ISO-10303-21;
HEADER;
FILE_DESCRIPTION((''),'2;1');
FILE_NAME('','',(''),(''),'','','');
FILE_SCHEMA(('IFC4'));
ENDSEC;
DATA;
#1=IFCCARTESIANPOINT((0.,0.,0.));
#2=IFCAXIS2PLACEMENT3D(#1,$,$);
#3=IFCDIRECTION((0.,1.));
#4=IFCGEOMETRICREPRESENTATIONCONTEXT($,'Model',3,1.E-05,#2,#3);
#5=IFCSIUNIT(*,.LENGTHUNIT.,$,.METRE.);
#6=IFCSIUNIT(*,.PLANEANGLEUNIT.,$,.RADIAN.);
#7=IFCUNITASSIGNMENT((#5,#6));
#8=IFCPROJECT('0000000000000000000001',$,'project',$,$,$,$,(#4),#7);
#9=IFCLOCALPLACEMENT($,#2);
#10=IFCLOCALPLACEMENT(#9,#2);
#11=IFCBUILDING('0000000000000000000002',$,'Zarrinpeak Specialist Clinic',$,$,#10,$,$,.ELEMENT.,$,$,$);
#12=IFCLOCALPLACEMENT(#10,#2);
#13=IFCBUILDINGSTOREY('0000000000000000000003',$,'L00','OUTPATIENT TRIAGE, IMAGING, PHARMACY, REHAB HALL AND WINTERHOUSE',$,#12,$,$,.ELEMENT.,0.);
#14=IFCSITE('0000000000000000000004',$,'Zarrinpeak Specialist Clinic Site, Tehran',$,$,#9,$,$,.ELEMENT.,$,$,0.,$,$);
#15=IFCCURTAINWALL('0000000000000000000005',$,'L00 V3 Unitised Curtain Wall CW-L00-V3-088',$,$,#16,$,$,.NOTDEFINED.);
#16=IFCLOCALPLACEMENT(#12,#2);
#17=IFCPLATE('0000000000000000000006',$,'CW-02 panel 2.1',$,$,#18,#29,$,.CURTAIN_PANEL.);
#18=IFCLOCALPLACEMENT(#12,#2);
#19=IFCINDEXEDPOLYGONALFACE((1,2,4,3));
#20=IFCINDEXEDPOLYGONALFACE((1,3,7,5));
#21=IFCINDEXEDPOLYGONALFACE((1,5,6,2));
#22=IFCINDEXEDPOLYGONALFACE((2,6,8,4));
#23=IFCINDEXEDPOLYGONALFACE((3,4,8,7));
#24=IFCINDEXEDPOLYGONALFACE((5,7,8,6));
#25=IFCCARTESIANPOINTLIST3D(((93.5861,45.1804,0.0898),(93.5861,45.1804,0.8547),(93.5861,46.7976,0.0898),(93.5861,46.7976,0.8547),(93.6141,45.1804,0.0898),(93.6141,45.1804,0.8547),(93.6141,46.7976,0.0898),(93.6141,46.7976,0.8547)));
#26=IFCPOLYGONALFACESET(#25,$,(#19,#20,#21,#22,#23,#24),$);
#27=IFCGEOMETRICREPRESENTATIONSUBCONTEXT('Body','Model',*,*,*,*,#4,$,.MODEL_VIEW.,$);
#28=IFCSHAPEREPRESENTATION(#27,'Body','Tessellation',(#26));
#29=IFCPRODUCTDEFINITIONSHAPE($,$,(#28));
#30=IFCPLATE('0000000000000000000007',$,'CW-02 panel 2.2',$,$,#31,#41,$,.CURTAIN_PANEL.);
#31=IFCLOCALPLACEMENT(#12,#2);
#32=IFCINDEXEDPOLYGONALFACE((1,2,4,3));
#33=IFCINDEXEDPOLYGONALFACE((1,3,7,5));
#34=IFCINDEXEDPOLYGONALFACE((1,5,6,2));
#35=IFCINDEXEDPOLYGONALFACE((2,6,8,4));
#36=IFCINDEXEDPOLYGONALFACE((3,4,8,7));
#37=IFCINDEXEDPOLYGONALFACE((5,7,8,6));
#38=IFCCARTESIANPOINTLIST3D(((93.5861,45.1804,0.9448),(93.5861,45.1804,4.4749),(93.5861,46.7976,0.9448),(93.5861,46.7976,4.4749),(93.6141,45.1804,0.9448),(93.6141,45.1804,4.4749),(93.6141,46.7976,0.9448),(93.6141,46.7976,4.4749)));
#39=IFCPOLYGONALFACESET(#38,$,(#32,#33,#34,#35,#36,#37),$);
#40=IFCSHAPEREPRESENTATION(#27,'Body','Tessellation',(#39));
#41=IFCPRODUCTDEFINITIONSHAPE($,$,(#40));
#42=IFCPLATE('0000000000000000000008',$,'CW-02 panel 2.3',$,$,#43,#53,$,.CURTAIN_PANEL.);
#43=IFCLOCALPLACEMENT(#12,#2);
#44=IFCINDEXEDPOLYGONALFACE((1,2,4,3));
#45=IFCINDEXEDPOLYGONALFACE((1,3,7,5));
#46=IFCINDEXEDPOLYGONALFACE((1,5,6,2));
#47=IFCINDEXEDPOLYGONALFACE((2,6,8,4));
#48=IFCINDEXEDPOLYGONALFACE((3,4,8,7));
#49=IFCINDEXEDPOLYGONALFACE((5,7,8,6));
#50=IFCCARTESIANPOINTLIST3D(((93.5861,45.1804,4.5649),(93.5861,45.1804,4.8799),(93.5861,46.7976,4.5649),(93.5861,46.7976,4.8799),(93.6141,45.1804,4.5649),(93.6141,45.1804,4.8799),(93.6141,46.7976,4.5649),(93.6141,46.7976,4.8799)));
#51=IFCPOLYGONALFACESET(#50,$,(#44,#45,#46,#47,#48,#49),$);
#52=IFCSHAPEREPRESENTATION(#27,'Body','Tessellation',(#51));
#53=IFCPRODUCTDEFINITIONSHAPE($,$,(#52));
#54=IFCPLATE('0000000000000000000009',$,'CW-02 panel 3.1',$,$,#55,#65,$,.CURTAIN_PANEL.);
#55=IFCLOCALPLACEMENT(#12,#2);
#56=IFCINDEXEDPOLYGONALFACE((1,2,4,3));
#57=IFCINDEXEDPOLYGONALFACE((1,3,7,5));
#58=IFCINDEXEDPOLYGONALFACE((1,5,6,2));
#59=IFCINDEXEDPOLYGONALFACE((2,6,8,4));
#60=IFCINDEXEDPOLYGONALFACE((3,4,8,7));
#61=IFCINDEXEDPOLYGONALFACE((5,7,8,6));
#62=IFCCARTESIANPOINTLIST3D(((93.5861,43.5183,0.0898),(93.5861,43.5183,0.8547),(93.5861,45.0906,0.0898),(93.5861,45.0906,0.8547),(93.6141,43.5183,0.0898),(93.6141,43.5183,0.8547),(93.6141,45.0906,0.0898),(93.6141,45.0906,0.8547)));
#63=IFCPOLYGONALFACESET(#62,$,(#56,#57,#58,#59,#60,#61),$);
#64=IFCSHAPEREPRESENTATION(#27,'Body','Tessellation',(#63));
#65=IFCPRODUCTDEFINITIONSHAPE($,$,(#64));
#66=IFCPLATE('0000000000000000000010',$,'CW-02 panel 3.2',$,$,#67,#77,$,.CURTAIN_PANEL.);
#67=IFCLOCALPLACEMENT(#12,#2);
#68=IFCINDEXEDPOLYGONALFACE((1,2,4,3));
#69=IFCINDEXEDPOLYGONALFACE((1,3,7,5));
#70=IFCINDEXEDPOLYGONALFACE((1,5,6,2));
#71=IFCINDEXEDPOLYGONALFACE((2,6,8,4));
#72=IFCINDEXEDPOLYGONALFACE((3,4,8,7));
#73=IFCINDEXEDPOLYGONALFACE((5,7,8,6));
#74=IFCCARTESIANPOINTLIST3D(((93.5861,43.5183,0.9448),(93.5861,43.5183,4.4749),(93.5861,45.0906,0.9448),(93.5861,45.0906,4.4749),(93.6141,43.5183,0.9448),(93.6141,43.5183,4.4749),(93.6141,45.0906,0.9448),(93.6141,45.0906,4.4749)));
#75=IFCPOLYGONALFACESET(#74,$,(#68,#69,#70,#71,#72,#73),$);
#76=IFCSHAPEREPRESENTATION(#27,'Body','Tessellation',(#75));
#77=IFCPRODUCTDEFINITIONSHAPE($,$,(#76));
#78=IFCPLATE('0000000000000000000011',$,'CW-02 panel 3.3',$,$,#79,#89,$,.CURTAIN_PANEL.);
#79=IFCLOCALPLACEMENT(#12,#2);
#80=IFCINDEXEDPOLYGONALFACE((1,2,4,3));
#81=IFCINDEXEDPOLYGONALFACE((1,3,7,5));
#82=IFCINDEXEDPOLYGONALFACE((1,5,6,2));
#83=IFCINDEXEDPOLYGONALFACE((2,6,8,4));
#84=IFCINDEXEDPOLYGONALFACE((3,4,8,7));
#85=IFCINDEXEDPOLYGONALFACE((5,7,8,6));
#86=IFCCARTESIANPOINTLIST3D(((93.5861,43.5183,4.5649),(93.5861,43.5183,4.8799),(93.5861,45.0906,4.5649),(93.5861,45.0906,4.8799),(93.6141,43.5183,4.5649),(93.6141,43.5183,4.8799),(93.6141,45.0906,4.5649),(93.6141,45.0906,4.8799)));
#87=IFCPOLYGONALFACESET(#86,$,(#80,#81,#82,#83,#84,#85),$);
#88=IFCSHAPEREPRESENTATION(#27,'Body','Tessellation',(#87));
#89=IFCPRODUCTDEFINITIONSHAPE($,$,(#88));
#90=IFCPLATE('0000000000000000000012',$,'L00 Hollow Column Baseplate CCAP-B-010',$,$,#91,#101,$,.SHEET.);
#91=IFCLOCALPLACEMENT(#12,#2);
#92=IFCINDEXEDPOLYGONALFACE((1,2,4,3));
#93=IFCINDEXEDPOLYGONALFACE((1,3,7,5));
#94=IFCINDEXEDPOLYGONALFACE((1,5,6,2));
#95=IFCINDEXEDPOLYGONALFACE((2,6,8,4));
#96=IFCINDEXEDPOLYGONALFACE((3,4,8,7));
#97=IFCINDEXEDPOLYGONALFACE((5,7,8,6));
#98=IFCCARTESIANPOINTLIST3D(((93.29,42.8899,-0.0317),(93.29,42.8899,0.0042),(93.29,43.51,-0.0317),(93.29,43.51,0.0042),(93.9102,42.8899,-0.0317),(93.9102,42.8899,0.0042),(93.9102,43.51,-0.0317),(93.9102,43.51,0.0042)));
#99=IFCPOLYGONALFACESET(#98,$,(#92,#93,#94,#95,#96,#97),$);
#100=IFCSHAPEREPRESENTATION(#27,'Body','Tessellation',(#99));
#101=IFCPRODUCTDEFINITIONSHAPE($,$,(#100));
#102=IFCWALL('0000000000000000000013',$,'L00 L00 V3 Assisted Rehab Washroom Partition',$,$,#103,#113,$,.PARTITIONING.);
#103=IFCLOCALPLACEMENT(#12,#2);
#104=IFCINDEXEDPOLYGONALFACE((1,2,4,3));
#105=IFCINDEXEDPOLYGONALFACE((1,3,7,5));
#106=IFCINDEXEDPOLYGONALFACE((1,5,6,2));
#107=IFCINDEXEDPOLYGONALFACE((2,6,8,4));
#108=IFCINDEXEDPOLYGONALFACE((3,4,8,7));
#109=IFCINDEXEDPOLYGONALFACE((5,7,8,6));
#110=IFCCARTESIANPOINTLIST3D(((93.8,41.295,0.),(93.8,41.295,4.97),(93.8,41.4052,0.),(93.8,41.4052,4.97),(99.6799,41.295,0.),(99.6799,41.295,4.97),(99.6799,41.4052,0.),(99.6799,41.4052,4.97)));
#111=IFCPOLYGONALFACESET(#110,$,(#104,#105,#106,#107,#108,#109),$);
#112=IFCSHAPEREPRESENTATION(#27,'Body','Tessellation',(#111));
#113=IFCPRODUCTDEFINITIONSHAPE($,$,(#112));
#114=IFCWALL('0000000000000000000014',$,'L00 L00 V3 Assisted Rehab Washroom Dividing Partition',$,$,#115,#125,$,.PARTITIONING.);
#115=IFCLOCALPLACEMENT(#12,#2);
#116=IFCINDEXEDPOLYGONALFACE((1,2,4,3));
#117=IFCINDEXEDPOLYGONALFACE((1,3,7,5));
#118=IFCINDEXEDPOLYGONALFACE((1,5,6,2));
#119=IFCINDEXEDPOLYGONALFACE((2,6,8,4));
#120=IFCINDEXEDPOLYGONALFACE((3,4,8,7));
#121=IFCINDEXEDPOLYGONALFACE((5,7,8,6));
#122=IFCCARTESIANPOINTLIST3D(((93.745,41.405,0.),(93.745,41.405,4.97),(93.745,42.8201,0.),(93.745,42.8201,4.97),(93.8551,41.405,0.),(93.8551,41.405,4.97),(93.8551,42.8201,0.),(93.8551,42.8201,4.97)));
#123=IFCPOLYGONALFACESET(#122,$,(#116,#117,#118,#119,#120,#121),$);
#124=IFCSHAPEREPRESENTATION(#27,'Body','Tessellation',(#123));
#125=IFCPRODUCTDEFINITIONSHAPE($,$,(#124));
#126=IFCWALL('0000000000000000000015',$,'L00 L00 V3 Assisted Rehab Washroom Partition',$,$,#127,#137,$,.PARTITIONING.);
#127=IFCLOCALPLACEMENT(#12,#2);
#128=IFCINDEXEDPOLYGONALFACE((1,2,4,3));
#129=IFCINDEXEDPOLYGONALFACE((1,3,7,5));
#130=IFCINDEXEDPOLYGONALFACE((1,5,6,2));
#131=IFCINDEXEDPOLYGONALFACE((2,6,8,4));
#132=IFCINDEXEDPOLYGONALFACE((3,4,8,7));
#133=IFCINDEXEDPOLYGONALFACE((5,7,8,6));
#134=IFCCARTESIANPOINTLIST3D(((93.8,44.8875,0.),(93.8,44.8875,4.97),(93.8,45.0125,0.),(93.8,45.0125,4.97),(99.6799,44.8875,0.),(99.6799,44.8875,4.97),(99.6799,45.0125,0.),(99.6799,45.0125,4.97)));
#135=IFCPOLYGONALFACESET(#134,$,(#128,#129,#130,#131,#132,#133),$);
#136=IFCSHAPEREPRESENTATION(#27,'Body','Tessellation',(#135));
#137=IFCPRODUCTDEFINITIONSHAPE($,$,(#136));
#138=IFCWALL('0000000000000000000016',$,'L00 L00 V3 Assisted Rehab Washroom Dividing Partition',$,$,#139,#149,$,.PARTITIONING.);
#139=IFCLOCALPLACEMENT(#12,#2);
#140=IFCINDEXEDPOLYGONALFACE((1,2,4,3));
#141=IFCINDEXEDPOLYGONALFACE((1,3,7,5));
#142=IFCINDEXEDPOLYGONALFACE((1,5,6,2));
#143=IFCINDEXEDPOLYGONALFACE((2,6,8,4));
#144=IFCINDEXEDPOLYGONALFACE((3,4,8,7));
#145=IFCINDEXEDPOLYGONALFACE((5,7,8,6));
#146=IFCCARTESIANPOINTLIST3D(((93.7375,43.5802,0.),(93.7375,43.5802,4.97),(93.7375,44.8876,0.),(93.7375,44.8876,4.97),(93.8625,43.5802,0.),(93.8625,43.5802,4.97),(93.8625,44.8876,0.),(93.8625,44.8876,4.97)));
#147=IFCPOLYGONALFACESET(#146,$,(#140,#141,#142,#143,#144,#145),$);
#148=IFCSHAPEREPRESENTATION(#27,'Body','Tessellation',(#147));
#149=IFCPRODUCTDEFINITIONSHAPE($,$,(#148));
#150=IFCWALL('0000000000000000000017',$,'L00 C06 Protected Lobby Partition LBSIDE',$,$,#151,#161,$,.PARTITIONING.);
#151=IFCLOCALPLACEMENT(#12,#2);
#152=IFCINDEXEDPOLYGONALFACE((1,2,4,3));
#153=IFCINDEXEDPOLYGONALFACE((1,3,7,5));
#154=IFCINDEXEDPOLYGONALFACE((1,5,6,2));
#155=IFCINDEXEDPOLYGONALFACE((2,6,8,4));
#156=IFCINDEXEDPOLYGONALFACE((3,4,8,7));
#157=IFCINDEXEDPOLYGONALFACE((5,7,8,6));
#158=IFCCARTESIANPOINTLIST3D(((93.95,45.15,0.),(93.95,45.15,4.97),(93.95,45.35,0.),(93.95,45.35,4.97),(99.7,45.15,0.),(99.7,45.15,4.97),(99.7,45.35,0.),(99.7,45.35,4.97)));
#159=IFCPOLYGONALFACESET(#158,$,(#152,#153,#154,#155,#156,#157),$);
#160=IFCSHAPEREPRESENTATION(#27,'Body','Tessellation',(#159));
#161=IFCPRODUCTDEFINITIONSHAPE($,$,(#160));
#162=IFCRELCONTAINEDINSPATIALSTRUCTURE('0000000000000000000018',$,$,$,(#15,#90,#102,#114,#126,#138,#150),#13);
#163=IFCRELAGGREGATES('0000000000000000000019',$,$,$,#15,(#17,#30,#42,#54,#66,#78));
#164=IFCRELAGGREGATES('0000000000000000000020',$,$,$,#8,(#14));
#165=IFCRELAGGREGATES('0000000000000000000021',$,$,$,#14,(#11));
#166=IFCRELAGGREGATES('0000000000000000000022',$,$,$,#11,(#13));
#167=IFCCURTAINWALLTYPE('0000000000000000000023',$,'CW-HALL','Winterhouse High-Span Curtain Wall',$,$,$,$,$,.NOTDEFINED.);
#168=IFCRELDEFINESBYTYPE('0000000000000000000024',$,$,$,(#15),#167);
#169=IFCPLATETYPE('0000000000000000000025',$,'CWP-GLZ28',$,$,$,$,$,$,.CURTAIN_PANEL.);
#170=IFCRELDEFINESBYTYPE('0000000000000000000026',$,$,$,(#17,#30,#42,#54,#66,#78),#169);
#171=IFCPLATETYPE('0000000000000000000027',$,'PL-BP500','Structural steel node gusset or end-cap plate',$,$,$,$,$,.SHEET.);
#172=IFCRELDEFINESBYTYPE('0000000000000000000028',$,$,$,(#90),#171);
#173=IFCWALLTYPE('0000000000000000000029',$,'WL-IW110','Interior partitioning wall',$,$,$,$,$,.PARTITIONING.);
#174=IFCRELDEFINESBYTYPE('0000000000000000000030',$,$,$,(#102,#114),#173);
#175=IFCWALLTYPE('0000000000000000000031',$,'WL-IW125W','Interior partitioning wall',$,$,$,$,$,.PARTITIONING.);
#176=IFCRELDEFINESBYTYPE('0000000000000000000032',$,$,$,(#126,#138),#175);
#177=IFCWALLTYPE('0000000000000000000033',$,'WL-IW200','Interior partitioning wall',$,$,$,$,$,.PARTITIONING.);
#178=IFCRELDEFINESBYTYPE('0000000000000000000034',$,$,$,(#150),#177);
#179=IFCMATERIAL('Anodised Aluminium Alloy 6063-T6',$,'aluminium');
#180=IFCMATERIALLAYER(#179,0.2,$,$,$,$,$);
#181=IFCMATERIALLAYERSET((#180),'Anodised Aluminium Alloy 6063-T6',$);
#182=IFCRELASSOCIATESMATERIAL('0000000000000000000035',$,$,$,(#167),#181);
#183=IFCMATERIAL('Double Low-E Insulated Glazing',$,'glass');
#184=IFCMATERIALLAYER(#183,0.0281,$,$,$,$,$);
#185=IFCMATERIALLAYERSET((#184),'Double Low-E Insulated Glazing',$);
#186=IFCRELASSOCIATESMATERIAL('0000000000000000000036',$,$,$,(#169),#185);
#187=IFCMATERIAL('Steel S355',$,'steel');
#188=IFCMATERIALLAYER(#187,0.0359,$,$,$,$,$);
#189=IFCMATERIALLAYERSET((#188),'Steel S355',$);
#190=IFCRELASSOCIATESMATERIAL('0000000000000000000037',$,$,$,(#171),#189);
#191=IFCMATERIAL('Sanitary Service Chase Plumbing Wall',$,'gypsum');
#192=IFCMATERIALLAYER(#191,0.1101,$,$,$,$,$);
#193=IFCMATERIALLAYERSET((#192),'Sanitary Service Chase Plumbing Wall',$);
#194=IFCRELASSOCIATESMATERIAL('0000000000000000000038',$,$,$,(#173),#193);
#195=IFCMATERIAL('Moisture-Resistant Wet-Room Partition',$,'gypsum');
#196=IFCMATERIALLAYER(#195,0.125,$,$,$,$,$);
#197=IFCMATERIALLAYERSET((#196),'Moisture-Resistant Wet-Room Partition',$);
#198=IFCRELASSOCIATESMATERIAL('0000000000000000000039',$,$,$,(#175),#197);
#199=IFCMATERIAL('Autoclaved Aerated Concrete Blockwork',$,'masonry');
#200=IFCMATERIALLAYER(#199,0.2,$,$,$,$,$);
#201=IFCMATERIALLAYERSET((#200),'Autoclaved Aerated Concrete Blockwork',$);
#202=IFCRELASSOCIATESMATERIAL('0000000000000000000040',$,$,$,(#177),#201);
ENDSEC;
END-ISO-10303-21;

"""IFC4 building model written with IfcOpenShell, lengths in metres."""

from ifc_helpers import new_model, si_unit, direction, frame, frame_2d, origin, origin_2d, place, context, subcontext, project, spatial, rectangle, extrude, material, layer, layer_set, type_object, element, aggregate, save


model = new_model("IFC4")

# Units and contexts
model_context = context("Model", 3, precision=1e-05, world=origin(), true_north=direction((0.0, 1.0)))
body_context = subcontext(model_context, "Body", "Model", "MODEL_VIEW")
ifc_project = project(units=[si_unit("LENGTHUNIT", "METRE"), si_unit("PLANEANGLEUNIT", "RADIAN")], contexts=[model_context])

# Site, building, storey
site_placement = place(None, origin())
site = spatial("IfcSite", under=ifc_project, at=site_placement, Name="Zarrinpeak Specialist Clinic Site, Tehran", CompositionType="ELEMENT", RefElevation=0.0)
building_placement = place(site_placement, origin())
building = spatial("IfcBuilding", under=site, at=building_placement, Name="Zarrinpeak Specialist Clinic", CompositionType="ELEMENT")
storey_placement = place(building_placement, origin())
storey = spatial("IfcBuildingStorey", under=building, at=storey_placement, Name="L00", Description="OUTPATIENT TRIAGE, IMAGING, PHARMACY, REHAB HALL AND WINTERHOUSE", CompositionType="ELEMENT", Elevation=0.0)

# Shared definitions
ifc_material_1 = material(Name="Steel S355", Category="steel")

# Curtain wall, plates
ifc_material_2 = material(Name="Anodised Aluminium Alloy 6063-T6", Category="aluminium")
ifc_layer_1 = layer(ifc_material_2, 0.2)
ifc_layer_set_1 = layer_set([ifc_layer_1], Name="Anodised Aluminium Alloy 6063-T6")
curtain_wall_type = type_object("IfcCurtainWallType", Name="CW-HALL", Description="Winterhouse High-Span Curtain Wall", PredefinedType="NOTDEFINED", material=ifc_layer_set_1)
curtain_wall_placement = place(storey_placement, origin())
curtain_wall = element("IfcCurtainWall", 1, at=curtain_wall_placement, inside=storey, type_object=curtain_wall_type, Name="L00 V3 Unitised Curtain Wall CW-L00-V3-088", PredefinedType="NOTDEFINED")
ifc_material_3 = material(Name="Double Low-E Insulated Glazing", Category="glass")
ifc_layer_2 = layer(ifc_material_3, 0.0281)
ifc_layer_set_2 = layer_set([ifc_layer_2], Name="Double Low-E Insulated Glazing")
plate_type_1 = type_object("IfcPlateType", Name="CWP-GLZ28", PredefinedType="CURTAIN_PANEL", material=ifc_layer_set_2)
plate_1_placement = place(storey_placement, frame((93.6001, 45.989, 0.0898), z_axis=(0.0, 0.0, 1.0), x_axis=(0.0, -1.0, 0.0)))
plate_1 = element("IfcPlate", 2, at=plate_1_placement, type_object=plate_type_1, Name="CW-02 panel 2.1", PredefinedType="CURTAIN_PANEL", context=body_context, shape_type="SweptSolid", body=[
    extrude(rectangle(XDim=1.6172, YDim=0.0281, at=origin_2d()), origin(), (0.0, 0.0, 1.0), 0.7649),
])
plate_2_placement = place(storey_placement, frame((93.6001, 45.989, 0.9448), z_axis=(0.0, 0.0, 1.0), x_axis=(0.0, -1.0, 0.0)))
plate_2 = element("IfcPlate", 3, at=plate_2_placement, type_object=plate_type_1, Name="CW-02 panel 2.2", PredefinedType="CURTAIN_PANEL", context=body_context, shape_type="SweptSolid", body=[
    extrude(rectangle(XDim=1.6172, YDim=0.0281, at=origin_2d()), origin(), (0.0, 0.0, 1.0), 3.53),
])
plate_3_placement = place(storey_placement, frame((93.6001, 45.989, 4.5649), z_axis=(0.0, 0.0, 1.0), x_axis=(0.0, -1.0, 0.0)))
plate_3 = element("IfcPlate", 4, at=plate_3_placement, type_object=plate_type_1, Name="CW-02 panel 2.3", PredefinedType="CURTAIN_PANEL", context=body_context, shape_type="SweptSolid", body=[
    extrude(rectangle(XDim=1.6172, YDim=0.0281, at=origin_2d()), origin(), (0.0, 0.0, 1.0), 0.3149),
])
plate_4_placement = place(storey_placement, frame((93.6001, 44.3044, 0.0898), z_axis=(0.0, 0.0, 1.0), x_axis=(0.0, -1.0, 0.0)))
plate_4 = element("IfcPlate", 5, at=plate_4_placement, type_object=plate_type_1, Name="CW-02 panel 3.1", PredefinedType="CURTAIN_PANEL", context=body_context, shape_type="SweptSolid", body=[
    extrude(rectangle(XDim=1.5723, YDim=0.0281, at=origin_2d()), origin(), (0.0, 0.0, 1.0), 0.7649),
])
plate_5_placement = place(storey_placement, frame((93.6001, 44.3044, 0.9448), z_axis=(0.0, 0.0, 1.0), x_axis=(0.0, -1.0, 0.0)))
plate_5 = element("IfcPlate", 6, at=plate_5_placement, type_object=plate_type_1, Name="CW-02 panel 3.2", PredefinedType="CURTAIN_PANEL", context=body_context, shape_type="SweptSolid", body=[
    extrude(rectangle(XDim=1.5723, YDim=0.0281, at=origin_2d()), origin(), (0.0, 0.0, 1.0), 3.53),
])
plate_6_placement = place(storey_placement, frame((93.6001, 44.3044, 4.5649), z_axis=(0.0, 0.0, 1.0), x_axis=(0.0, -1.0, 0.0)))
plate_6 = element("IfcPlate", 7, at=plate_6_placement, type_object=plate_type_1, Name="CW-02 panel 3.3", PredefinedType="CURTAIN_PANEL", context=body_context, shape_type="SweptSolid", body=[
    extrude(rectangle(XDim=1.5723, YDim=0.0281, at=origin_2d()), origin(), (0.0, 0.0, 1.0), 0.3149),
])
aggregate(curtain_wall, [plate_1, plate_2, plate_3, plate_4, plate_5, plate_6])

# Plate
ifc_layer_3 = layer(ifc_material_1, 0.0359)
ifc_layer_set_3 = layer_set([ifc_layer_3], Name="Steel S355")
plate_type_2 = type_object("IfcPlateType", Name="PL-BP500", Description="Structural steel node gusset or end-cap plate", PredefinedType="SHEET", material=ifc_layer_set_3)
plate_7_placement = place(storey_placement, frame((93.6001, 43.2, -0.0317), z_axis=(0.0, 0.0, 1.0), x_axis=(1.0, 0.0, 0.0)))
element("IfcPlate", 8, at=plate_7_placement, inside=storey, type_object=plate_type_2, Name="L00 Hollow Column Baseplate CCAP-B-010", PredefinedType="SHEET", context=body_context, shape_type="SweptSolid", body=[
    extrude(rectangle(XDim=0.6201, YDim=0.6201, at=origin_2d()), origin(), (0.0, 0.0, 1.0), 0.0359),
])

# Walls
ifc_material_4 = material(Name="Sanitary Service Chase Plumbing Wall", Category="gypsum")
ifc_layer_4 = layer(ifc_material_4, 0.1101)
ifc_layer_set_4 = layer_set([ifc_layer_4], Name="Sanitary Service Chase Plumbing Wall")
wall_type_1 = type_object("IfcWallType", Name="WL-IW110", Description="Interior partitioning wall", PredefinedType="PARTITIONING", material=ifc_layer_set_4)
wall_1_placement = place(storey_placement, frame((93.8, 41.3501, 0.0), z_axis=(0.0, 0.0, 1.0), x_axis=(1.0, 0.0, 0.0)))
element("IfcWall", 9, at=wall_1_placement, inside=storey, type_object=wall_type_1, Name="L00 L00 V3 Assisted Rehab Washroom Partition", PredefinedType="PARTITIONING", context=body_context, shape_type="SweptSolid", body=[
    extrude(rectangle(XDim=5.8799, YDim=0.1101, at=frame_2d((2.9399, 0.0))), origin(), (0.0, 0.0, 1.0), 4.97),
])
wall_2_placement = place(storey_placement, frame((93.8, 41.405, 0.0), z_axis=(0.0, 0.0, 1.0), x_axis=(0.0, 1.0, 0.0)))
element("IfcWall", 10, at=wall_2_placement, inside=storey, type_object=wall_type_1, Name="L00 L00 V3 Assisted Rehab Washroom Dividing Partition", PredefinedType="PARTITIONING", context=body_context, shape_type="SweptSolid", body=[
    extrude(rectangle(XDim=1.415, YDim=0.1101, at=frame_2d((0.7075, 0.0))), origin(), (0.0, 0.0, 1.0), 4.97),
])
ifc_material_5 = material(Name="Moisture-Resistant Wet-Room Partition", Category="gypsum")
ifc_layer_5 = layer(ifc_material_5, 0.125)
ifc_layer_set_5 = layer_set([ifc_layer_5], Name="Moisture-Resistant Wet-Room Partition")
wall_type_2 = type_object("IfcWallType", Name="WL-IW125W", Description="Interior partitioning wall", PredefinedType="PARTITIONING", material=ifc_layer_set_5)
wall_3_placement = place(storey_placement, frame((93.8, 44.95, 0.0), z_axis=(0.0, 0.0, 1.0), x_axis=(1.0, 0.0, 0.0)))
element("IfcWall", 11, at=wall_3_placement, inside=storey, type_object=wall_type_2, Name="L00 L00 V3 Assisted Rehab Washroom Partition", PredefinedType="PARTITIONING", context=body_context, shape_type="SweptSolid", body=[
    extrude(rectangle(XDim=5.8799, YDim=0.125, at=frame_2d((2.9399, 0.0))), origin(), (0.0, 0.0, 1.0), 4.97),
])
wall_4_placement = place(storey_placement, frame((93.8, 43.5801, 0.0), z_axis=(0.0, 0.0, 1.0), x_axis=(0.0, 1.0, 0.0)))
element("IfcWall", 12, at=wall_4_placement, inside=storey, type_object=wall_type_2, Name="L00 L00 V3 Assisted Rehab Washroom Dividing Partition", PredefinedType="PARTITIONING", context=body_context, shape_type="SweptSolid", body=[
    extrude(rectangle(XDim=1.3074, YDim=0.125, at=frame_2d((0.6538, 0.0))), origin(), (0.0, 0.0, 1.0), 4.97),
])
ifc_material_6 = material(Name="Autoclaved Aerated Concrete Blockwork", Category="masonry")
ifc_layer_6 = layer(ifc_material_6, 0.2)
ifc_layer_set_6 = layer_set([ifc_layer_6], Name="Autoclaved Aerated Concrete Blockwork")
wall_type_3 = type_object("IfcWallType", Name="WL-IW200", Description="Interior partitioning wall", PredefinedType="PARTITIONING", material=ifc_layer_set_6)
wall_5_placement = place(storey_placement, frame((93.95, 45.25, 0.0), z_axis=(0.0, 0.0, 1.0), x_axis=(1.0, 0.0, 0.0)))
element("IfcWall", 13, at=wall_5_placement, inside=storey, type_object=wall_type_3, Name="L00 C06 Protected Lobby Partition LBSIDE", PredefinedType="PARTITIONING", context=body_context, shape_type="SweptSolid", body=[
    extrude(rectangle(XDim=5.75, YDim=0.2, at=frame_2d((2.875, 0.0))), origin(), (0.0, 0.0, 1.0), 4.97),
])

save(model, "model.ifc")
